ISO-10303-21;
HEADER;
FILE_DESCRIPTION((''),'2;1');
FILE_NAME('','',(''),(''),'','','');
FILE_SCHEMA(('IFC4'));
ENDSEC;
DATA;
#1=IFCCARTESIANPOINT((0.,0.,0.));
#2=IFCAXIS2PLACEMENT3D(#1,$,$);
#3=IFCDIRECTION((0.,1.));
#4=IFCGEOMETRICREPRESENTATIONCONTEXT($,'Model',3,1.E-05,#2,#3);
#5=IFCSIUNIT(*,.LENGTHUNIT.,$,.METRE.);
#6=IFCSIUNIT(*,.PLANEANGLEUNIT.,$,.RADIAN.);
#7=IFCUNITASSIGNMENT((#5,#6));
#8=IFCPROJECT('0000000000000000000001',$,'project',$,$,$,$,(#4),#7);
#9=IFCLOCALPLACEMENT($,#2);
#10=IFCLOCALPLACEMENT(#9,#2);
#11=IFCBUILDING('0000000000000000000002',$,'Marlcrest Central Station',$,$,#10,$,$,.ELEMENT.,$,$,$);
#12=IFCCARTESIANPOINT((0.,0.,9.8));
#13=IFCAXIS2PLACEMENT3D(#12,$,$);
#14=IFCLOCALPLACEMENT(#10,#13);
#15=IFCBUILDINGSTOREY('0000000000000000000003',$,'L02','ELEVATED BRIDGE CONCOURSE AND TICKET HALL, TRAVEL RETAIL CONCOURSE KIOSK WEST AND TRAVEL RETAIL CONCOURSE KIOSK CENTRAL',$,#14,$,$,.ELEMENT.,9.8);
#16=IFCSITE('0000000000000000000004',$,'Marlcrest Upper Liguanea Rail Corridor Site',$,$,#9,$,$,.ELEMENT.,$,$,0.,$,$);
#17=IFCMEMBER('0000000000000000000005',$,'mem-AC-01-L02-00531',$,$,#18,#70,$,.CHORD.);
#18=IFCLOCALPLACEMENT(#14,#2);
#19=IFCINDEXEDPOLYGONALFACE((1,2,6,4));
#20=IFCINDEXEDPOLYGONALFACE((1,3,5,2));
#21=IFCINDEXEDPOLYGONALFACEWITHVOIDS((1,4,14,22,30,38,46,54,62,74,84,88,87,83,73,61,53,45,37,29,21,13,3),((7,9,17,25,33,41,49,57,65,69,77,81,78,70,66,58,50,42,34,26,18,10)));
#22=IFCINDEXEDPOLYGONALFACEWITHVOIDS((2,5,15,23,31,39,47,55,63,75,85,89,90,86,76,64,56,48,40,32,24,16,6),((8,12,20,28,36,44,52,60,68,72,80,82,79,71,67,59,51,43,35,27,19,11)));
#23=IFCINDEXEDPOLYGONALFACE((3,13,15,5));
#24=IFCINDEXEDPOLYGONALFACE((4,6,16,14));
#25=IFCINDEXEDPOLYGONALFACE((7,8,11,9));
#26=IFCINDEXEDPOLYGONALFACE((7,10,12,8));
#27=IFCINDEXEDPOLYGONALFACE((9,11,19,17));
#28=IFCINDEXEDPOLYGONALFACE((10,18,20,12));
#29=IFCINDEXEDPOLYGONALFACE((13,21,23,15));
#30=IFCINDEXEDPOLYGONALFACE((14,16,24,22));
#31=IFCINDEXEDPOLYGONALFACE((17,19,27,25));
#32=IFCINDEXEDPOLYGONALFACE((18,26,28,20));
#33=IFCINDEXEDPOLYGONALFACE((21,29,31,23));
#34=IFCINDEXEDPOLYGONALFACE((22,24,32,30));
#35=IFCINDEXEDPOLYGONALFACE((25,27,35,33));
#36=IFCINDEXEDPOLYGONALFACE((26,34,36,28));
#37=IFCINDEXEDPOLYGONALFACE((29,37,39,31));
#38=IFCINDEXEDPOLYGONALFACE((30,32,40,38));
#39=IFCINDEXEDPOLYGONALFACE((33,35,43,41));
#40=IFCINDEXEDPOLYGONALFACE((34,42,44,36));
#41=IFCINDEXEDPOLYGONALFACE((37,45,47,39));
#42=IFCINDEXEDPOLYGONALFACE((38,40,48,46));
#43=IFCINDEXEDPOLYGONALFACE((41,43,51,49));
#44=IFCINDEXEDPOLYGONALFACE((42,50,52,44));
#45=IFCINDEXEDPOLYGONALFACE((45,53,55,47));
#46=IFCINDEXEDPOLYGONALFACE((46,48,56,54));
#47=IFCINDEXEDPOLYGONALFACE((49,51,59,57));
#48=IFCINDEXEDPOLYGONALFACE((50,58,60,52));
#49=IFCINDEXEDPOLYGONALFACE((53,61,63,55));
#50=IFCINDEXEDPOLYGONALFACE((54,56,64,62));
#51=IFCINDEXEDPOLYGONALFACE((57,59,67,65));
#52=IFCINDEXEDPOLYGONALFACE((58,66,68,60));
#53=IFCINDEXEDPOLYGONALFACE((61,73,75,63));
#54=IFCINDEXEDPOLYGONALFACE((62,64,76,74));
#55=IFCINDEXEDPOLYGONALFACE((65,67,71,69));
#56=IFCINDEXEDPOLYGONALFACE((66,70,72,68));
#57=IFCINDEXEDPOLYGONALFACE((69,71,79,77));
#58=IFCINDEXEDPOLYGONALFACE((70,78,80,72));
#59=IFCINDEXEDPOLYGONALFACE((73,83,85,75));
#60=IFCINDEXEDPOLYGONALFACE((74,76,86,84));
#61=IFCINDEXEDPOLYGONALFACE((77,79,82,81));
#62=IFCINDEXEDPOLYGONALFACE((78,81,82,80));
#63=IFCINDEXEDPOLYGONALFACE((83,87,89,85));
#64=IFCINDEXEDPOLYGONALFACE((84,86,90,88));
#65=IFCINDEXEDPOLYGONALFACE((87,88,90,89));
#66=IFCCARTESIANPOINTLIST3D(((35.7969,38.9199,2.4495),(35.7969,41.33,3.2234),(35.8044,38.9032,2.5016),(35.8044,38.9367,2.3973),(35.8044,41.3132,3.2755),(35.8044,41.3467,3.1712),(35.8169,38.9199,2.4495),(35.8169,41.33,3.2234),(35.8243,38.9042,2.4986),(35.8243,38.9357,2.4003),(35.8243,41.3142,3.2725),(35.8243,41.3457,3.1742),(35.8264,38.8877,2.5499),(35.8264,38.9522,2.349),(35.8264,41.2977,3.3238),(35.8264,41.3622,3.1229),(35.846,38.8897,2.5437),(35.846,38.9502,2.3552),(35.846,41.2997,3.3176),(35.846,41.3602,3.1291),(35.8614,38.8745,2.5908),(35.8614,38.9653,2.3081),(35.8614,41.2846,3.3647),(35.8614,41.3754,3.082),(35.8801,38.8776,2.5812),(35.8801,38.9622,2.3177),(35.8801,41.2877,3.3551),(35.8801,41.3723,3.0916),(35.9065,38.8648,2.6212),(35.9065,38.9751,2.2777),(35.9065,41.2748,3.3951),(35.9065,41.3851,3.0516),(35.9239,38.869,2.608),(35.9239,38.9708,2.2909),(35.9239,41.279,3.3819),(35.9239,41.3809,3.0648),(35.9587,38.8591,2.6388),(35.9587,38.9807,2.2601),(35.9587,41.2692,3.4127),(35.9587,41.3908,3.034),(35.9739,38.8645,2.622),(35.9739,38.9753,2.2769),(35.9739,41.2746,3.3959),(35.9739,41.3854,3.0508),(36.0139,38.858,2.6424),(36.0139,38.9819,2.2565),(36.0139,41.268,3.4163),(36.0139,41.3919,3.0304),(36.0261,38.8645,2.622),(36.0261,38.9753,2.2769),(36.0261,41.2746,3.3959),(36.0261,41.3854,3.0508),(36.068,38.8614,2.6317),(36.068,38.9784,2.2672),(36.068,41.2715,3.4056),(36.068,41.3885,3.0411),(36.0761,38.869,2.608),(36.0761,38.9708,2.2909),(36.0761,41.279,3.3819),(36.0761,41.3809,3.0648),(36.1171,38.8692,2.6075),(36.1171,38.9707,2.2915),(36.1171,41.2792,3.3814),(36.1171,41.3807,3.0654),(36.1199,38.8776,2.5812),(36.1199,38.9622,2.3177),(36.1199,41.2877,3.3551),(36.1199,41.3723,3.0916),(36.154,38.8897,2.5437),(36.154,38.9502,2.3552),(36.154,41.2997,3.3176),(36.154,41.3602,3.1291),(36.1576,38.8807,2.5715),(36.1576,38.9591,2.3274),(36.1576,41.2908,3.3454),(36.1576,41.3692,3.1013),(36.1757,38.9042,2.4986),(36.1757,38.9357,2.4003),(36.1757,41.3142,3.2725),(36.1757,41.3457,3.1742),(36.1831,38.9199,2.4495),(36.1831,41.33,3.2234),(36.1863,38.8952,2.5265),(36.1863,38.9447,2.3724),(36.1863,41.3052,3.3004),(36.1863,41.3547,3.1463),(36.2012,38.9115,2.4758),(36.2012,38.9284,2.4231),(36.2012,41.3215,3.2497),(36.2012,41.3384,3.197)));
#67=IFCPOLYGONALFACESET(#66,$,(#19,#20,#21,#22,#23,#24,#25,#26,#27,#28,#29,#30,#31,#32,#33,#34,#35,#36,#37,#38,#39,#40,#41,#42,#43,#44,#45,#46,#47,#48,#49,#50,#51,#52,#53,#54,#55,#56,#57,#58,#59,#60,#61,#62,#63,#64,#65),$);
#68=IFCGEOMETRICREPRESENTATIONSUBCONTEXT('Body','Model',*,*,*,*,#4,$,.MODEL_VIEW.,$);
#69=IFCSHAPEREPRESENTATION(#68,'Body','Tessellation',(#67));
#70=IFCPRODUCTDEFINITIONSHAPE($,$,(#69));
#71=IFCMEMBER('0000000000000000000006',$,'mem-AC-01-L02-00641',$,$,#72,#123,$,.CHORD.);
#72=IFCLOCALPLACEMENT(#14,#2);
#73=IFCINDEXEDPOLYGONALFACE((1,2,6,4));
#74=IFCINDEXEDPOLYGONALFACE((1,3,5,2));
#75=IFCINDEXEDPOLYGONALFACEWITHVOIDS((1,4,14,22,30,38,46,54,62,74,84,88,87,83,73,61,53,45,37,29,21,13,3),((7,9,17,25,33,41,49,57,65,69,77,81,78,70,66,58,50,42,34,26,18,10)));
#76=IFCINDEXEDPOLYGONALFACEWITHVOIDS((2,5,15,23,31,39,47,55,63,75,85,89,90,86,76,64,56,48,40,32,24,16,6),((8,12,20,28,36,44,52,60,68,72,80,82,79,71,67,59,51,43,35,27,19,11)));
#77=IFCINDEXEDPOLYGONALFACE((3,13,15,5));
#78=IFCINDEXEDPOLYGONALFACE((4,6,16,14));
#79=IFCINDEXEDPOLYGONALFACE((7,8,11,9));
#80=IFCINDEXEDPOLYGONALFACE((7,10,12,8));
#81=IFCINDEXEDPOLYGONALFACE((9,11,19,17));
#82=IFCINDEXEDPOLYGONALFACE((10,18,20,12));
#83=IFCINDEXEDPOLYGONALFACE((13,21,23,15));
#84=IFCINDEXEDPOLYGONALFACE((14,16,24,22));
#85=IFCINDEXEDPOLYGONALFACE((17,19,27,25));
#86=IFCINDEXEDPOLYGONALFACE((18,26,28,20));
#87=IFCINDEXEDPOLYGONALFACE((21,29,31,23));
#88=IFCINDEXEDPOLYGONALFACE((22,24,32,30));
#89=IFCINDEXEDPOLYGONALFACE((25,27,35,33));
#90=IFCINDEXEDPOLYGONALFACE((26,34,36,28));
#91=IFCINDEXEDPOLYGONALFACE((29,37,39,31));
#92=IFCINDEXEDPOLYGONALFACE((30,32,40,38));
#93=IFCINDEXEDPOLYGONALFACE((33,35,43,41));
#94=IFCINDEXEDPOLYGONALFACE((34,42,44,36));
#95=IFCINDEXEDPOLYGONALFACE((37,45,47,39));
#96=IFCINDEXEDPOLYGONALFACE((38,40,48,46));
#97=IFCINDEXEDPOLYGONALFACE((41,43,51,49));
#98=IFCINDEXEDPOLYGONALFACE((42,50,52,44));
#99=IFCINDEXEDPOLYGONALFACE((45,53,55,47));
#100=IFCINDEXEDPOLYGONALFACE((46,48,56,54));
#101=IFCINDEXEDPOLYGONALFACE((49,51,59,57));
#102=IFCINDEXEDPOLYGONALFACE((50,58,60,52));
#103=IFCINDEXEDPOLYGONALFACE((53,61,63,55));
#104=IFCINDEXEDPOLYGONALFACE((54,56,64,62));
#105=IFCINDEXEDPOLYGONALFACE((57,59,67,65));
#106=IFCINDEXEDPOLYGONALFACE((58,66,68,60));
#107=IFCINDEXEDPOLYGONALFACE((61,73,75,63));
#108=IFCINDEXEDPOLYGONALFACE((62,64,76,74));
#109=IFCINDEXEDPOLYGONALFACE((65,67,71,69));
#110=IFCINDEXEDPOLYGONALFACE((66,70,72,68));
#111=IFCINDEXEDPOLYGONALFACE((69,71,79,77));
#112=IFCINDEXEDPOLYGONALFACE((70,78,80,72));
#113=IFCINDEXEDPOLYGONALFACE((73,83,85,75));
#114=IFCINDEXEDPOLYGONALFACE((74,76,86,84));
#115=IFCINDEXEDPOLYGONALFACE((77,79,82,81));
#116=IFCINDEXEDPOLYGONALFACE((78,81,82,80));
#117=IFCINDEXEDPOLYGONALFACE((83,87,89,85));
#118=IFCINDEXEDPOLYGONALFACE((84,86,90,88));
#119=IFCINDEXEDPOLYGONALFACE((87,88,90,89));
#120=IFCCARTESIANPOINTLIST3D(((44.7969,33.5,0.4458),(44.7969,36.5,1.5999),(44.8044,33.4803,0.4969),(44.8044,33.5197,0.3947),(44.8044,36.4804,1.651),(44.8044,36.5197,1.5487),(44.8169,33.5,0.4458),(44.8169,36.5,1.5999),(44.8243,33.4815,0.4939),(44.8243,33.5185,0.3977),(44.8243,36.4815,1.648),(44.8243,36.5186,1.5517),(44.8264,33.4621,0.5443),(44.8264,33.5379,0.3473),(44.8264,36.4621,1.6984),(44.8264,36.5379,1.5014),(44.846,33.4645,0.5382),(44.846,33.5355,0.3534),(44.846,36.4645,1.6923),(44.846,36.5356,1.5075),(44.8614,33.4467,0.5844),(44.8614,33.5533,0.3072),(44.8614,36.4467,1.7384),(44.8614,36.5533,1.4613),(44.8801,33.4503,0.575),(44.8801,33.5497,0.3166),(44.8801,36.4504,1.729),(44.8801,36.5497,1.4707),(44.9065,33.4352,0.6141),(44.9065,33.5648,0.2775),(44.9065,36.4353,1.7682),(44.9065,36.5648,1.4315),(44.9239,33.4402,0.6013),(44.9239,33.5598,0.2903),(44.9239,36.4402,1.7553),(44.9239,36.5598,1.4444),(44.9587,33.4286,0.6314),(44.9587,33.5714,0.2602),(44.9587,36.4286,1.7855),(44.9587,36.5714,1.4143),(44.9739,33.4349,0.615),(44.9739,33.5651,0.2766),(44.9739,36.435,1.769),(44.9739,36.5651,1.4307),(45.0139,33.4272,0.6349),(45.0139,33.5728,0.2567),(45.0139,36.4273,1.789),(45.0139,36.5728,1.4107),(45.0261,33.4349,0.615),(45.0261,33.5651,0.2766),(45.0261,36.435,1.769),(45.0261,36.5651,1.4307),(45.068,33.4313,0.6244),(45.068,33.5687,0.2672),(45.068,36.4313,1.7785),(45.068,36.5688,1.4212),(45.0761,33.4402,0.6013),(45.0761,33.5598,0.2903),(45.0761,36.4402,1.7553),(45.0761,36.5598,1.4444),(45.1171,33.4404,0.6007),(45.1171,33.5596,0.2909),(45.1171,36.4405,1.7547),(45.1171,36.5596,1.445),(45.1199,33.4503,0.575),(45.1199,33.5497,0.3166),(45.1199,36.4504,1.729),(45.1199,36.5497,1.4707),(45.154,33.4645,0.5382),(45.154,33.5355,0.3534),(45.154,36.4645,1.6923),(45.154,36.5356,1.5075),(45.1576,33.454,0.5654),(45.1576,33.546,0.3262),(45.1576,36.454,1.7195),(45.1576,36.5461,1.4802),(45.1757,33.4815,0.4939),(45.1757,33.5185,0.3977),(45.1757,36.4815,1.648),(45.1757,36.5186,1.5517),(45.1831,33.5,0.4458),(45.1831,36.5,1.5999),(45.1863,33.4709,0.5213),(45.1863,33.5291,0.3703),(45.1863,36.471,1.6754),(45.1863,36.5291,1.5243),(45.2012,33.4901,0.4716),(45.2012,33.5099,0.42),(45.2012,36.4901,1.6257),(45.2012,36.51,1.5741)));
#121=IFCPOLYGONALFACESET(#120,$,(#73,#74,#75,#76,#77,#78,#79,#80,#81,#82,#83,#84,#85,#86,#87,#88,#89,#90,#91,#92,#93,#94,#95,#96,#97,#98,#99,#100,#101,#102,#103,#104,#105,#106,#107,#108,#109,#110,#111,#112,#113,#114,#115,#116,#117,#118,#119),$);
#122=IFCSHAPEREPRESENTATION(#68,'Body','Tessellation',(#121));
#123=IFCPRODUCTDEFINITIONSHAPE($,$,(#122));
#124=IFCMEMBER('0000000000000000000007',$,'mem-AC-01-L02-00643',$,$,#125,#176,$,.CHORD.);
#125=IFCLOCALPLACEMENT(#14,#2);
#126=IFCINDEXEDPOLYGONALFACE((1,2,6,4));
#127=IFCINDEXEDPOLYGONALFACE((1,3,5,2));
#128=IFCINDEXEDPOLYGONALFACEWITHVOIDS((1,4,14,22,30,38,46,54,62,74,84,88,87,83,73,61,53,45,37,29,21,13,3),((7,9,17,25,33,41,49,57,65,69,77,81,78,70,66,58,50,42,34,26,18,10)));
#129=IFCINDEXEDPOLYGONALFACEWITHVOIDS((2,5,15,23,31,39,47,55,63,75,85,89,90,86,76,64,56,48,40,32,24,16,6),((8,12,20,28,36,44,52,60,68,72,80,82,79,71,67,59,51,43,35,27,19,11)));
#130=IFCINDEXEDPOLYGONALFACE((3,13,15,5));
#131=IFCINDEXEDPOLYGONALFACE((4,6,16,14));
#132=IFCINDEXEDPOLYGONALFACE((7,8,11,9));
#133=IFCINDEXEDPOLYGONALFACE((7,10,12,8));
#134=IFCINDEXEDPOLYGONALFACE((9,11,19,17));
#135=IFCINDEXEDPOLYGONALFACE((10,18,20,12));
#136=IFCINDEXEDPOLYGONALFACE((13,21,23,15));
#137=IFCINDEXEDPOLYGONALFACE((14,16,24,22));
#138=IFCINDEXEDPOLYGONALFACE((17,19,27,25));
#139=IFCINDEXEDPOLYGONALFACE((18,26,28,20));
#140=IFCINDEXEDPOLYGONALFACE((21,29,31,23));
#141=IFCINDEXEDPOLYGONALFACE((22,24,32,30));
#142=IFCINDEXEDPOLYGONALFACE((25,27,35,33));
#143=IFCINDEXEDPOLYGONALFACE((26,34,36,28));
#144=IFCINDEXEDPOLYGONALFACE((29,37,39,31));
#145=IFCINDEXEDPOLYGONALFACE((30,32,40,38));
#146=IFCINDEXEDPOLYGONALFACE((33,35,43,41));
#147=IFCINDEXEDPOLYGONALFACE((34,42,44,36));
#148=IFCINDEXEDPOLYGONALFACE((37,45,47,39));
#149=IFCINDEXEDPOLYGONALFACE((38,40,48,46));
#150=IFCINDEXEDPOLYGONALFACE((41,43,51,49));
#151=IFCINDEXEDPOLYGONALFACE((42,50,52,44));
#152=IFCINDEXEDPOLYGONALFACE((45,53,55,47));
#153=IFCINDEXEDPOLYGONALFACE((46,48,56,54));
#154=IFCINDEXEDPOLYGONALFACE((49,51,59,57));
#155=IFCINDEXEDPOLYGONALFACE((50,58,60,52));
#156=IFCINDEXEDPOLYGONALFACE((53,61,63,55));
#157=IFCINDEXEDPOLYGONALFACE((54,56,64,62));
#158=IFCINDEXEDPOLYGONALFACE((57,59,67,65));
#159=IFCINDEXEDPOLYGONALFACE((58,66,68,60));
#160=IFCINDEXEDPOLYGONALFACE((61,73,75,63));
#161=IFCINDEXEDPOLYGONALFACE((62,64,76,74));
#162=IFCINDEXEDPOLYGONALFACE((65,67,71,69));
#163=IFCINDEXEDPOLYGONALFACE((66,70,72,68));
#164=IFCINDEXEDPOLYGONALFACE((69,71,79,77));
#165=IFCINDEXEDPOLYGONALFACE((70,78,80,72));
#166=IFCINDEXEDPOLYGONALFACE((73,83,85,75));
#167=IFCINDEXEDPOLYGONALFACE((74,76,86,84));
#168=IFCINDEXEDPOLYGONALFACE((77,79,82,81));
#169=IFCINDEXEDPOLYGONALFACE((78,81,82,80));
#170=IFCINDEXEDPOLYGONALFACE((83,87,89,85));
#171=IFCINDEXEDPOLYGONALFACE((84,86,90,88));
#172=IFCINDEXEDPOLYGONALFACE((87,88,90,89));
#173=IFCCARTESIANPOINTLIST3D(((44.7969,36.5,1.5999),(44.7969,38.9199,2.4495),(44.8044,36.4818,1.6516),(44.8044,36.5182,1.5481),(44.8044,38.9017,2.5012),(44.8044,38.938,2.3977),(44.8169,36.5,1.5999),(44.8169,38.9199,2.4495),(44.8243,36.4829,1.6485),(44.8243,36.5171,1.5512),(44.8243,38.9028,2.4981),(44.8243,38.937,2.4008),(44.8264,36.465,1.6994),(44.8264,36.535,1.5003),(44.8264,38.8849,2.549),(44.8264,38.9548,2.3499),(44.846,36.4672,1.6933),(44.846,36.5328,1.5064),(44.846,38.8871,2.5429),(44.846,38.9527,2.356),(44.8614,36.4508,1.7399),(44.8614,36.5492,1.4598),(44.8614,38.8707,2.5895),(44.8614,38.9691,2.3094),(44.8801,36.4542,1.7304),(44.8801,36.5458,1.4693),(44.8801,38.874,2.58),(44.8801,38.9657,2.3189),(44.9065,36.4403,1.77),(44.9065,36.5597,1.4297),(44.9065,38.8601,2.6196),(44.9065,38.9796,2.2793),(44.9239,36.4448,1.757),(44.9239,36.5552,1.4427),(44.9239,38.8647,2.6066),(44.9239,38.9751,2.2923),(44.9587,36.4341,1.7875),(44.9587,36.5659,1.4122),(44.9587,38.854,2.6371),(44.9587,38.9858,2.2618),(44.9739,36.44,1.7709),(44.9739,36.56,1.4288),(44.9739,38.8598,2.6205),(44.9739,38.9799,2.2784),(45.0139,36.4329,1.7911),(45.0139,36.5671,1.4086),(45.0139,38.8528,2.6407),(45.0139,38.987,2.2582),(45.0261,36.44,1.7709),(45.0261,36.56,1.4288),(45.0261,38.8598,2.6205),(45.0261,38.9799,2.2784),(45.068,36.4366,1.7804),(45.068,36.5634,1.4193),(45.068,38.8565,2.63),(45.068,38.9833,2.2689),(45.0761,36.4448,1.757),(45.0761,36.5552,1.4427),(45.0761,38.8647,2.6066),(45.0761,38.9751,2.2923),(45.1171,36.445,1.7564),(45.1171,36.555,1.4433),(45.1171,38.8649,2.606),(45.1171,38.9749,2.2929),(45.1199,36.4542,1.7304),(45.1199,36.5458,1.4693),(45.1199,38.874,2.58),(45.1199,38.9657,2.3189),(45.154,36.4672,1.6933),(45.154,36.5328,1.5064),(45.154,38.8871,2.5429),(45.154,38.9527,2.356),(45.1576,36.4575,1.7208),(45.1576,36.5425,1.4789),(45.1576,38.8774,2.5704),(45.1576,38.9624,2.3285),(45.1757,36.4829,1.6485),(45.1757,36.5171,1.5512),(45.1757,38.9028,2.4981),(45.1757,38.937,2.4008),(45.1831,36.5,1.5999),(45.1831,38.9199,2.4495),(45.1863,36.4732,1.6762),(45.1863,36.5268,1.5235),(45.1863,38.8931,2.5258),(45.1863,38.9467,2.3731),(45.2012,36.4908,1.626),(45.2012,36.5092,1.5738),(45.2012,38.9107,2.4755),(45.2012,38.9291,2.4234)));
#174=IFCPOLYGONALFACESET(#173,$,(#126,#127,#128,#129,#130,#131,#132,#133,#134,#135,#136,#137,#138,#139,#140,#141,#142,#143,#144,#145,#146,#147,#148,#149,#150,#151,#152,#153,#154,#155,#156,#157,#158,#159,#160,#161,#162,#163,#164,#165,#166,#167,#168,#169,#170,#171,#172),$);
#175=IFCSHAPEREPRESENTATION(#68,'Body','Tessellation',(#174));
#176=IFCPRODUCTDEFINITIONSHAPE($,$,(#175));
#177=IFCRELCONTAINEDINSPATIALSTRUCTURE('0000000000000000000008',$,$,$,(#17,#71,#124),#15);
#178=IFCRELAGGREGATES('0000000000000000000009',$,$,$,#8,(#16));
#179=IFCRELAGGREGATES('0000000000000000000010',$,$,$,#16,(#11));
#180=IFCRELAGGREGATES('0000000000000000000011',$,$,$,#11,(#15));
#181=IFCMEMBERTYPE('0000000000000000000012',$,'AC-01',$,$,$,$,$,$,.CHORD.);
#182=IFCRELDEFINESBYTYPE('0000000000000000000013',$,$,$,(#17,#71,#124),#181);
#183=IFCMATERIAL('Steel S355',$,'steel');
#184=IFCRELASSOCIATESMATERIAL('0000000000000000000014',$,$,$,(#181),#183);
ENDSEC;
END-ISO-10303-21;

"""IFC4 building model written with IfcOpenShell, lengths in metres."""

from ifc_helpers import new_model, si_unit, direction, frame, origin, origin_2d, place, context, subcontext, project, spatial, hollow_circle, extrude, material, material_profile, profile_set, type_object, element, save


model = new_model("IFC4")

# Units and contexts
model_context = context("Model", 3, precision=1e-05, world=origin(), true_north=direction((0.0, 1.0)))
body_context = subcontext(model_context, "Body", "Model", "MODEL_VIEW")
ifc_project = project(units=[si_unit("LENGTHUNIT", "METRE"), si_unit("PLANEANGLEUNIT", "RADIAN")], contexts=[model_context])

# Site, building, storey
site_placement = place(None, origin())
site = spatial("IfcSite", under=ifc_project, at=site_placement, Name="Marlcrest Upper Liguanea Rail Corridor Site", CompositionType="ELEMENT", RefElevation=0.0)
building_placement = place(site_placement, origin())
building = spatial("IfcBuilding", under=site, at=building_placement, Name="Marlcrest Central Station", CompositionType="ELEMENT")
storey_placement = place(building_placement, frame((0.0, 0.0, 9.8)))
storey = spatial("IfcBuildingStorey", under=building, at=storey_placement, Name="L02", Description="ELEVATED BRIDGE CONCOURSE AND TICKET HALL, TRAVEL RETAIL CONCOURSE KIOSK WEST AND TRAVEL RETAIL CONCOURSE KIOSK CENTRAL", CompositionType="ELEMENT", Elevation=9.8)

# Members
ifc_material_1 = material(Name="Steel S355", Category="steel")
ifc_material_profile_1 = material_profile(ifc_material_1, hollow_circle(Radius=0.2031, WallThickness=0.02, at=origin_2d()), Name="CHS 406.4x20")
ifc_profile_set_1 = profile_set([ifc_material_profile_1], Name="Steel S355")
member_type_1 = type_object("IfcMemberType", Name="AC-01", PredefinedType="CHORD", material=ifc_profile_set_1)
member_1_placement = place(storey_placement, frame((36.0, 38.9199, 2.4495), z_axis=(0.0, 0.952117, 0.305734), x_axis=(-1.0, 0.0, 0.0)))
element("IfcMember", 1, at=member_1_placement, inside=storey, type_object=member_type_1, Name="mem-AC-01-L02-00531", PredefinedType="CHORD", context=body_context, shape_type="SweptSolid", body=[
    extrude(hollow_circle(Radius=0.2031, WallThickness=0.02, at=origin_2d()), origin(), (0.0, 0.0, 1.0), 2.5312),
])
member_2_placement = place(storey_placement, frame((45.0, 33.5, 0.4458), z_axis=(0.0, 0.933324, 0.359035), x_axis=(-1.0, 0.0, 0.0)))
element("IfcMember", 2, at=member_2_placement, inside=storey, type_object=member_type_1, Name="mem-AC-01-L02-00641", PredefinedType="CHORD", context=body_context, shape_type="SweptSolid", body=[
    extrude(hollow_circle(Radius=0.2031, WallThickness=0.02, at=origin_2d()), origin(), (0.0, 0.0, 1.0), 3.2144),
])
member_3_placement = place(storey_placement, frame((45.0, 36.5, 1.5999), z_axis=(0.0, 0.943537, 0.331266), x_axis=(-1.0, 0.0, 0.0)))
element("IfcMember", 3, at=member_3_placement, inside=storey, type_object=member_type_1, Name="mem-AC-01-L02-00643", PredefinedType="CHORD", context=body_context, shape_type="SweptSolid", body=[
    extrude(hollow_circle(Radius=0.2031, WallThickness=0.02, at=origin_2d()), origin(), (0.0, 0.0, 1.0), 2.5647),
])

save(model, "model.ifc")
